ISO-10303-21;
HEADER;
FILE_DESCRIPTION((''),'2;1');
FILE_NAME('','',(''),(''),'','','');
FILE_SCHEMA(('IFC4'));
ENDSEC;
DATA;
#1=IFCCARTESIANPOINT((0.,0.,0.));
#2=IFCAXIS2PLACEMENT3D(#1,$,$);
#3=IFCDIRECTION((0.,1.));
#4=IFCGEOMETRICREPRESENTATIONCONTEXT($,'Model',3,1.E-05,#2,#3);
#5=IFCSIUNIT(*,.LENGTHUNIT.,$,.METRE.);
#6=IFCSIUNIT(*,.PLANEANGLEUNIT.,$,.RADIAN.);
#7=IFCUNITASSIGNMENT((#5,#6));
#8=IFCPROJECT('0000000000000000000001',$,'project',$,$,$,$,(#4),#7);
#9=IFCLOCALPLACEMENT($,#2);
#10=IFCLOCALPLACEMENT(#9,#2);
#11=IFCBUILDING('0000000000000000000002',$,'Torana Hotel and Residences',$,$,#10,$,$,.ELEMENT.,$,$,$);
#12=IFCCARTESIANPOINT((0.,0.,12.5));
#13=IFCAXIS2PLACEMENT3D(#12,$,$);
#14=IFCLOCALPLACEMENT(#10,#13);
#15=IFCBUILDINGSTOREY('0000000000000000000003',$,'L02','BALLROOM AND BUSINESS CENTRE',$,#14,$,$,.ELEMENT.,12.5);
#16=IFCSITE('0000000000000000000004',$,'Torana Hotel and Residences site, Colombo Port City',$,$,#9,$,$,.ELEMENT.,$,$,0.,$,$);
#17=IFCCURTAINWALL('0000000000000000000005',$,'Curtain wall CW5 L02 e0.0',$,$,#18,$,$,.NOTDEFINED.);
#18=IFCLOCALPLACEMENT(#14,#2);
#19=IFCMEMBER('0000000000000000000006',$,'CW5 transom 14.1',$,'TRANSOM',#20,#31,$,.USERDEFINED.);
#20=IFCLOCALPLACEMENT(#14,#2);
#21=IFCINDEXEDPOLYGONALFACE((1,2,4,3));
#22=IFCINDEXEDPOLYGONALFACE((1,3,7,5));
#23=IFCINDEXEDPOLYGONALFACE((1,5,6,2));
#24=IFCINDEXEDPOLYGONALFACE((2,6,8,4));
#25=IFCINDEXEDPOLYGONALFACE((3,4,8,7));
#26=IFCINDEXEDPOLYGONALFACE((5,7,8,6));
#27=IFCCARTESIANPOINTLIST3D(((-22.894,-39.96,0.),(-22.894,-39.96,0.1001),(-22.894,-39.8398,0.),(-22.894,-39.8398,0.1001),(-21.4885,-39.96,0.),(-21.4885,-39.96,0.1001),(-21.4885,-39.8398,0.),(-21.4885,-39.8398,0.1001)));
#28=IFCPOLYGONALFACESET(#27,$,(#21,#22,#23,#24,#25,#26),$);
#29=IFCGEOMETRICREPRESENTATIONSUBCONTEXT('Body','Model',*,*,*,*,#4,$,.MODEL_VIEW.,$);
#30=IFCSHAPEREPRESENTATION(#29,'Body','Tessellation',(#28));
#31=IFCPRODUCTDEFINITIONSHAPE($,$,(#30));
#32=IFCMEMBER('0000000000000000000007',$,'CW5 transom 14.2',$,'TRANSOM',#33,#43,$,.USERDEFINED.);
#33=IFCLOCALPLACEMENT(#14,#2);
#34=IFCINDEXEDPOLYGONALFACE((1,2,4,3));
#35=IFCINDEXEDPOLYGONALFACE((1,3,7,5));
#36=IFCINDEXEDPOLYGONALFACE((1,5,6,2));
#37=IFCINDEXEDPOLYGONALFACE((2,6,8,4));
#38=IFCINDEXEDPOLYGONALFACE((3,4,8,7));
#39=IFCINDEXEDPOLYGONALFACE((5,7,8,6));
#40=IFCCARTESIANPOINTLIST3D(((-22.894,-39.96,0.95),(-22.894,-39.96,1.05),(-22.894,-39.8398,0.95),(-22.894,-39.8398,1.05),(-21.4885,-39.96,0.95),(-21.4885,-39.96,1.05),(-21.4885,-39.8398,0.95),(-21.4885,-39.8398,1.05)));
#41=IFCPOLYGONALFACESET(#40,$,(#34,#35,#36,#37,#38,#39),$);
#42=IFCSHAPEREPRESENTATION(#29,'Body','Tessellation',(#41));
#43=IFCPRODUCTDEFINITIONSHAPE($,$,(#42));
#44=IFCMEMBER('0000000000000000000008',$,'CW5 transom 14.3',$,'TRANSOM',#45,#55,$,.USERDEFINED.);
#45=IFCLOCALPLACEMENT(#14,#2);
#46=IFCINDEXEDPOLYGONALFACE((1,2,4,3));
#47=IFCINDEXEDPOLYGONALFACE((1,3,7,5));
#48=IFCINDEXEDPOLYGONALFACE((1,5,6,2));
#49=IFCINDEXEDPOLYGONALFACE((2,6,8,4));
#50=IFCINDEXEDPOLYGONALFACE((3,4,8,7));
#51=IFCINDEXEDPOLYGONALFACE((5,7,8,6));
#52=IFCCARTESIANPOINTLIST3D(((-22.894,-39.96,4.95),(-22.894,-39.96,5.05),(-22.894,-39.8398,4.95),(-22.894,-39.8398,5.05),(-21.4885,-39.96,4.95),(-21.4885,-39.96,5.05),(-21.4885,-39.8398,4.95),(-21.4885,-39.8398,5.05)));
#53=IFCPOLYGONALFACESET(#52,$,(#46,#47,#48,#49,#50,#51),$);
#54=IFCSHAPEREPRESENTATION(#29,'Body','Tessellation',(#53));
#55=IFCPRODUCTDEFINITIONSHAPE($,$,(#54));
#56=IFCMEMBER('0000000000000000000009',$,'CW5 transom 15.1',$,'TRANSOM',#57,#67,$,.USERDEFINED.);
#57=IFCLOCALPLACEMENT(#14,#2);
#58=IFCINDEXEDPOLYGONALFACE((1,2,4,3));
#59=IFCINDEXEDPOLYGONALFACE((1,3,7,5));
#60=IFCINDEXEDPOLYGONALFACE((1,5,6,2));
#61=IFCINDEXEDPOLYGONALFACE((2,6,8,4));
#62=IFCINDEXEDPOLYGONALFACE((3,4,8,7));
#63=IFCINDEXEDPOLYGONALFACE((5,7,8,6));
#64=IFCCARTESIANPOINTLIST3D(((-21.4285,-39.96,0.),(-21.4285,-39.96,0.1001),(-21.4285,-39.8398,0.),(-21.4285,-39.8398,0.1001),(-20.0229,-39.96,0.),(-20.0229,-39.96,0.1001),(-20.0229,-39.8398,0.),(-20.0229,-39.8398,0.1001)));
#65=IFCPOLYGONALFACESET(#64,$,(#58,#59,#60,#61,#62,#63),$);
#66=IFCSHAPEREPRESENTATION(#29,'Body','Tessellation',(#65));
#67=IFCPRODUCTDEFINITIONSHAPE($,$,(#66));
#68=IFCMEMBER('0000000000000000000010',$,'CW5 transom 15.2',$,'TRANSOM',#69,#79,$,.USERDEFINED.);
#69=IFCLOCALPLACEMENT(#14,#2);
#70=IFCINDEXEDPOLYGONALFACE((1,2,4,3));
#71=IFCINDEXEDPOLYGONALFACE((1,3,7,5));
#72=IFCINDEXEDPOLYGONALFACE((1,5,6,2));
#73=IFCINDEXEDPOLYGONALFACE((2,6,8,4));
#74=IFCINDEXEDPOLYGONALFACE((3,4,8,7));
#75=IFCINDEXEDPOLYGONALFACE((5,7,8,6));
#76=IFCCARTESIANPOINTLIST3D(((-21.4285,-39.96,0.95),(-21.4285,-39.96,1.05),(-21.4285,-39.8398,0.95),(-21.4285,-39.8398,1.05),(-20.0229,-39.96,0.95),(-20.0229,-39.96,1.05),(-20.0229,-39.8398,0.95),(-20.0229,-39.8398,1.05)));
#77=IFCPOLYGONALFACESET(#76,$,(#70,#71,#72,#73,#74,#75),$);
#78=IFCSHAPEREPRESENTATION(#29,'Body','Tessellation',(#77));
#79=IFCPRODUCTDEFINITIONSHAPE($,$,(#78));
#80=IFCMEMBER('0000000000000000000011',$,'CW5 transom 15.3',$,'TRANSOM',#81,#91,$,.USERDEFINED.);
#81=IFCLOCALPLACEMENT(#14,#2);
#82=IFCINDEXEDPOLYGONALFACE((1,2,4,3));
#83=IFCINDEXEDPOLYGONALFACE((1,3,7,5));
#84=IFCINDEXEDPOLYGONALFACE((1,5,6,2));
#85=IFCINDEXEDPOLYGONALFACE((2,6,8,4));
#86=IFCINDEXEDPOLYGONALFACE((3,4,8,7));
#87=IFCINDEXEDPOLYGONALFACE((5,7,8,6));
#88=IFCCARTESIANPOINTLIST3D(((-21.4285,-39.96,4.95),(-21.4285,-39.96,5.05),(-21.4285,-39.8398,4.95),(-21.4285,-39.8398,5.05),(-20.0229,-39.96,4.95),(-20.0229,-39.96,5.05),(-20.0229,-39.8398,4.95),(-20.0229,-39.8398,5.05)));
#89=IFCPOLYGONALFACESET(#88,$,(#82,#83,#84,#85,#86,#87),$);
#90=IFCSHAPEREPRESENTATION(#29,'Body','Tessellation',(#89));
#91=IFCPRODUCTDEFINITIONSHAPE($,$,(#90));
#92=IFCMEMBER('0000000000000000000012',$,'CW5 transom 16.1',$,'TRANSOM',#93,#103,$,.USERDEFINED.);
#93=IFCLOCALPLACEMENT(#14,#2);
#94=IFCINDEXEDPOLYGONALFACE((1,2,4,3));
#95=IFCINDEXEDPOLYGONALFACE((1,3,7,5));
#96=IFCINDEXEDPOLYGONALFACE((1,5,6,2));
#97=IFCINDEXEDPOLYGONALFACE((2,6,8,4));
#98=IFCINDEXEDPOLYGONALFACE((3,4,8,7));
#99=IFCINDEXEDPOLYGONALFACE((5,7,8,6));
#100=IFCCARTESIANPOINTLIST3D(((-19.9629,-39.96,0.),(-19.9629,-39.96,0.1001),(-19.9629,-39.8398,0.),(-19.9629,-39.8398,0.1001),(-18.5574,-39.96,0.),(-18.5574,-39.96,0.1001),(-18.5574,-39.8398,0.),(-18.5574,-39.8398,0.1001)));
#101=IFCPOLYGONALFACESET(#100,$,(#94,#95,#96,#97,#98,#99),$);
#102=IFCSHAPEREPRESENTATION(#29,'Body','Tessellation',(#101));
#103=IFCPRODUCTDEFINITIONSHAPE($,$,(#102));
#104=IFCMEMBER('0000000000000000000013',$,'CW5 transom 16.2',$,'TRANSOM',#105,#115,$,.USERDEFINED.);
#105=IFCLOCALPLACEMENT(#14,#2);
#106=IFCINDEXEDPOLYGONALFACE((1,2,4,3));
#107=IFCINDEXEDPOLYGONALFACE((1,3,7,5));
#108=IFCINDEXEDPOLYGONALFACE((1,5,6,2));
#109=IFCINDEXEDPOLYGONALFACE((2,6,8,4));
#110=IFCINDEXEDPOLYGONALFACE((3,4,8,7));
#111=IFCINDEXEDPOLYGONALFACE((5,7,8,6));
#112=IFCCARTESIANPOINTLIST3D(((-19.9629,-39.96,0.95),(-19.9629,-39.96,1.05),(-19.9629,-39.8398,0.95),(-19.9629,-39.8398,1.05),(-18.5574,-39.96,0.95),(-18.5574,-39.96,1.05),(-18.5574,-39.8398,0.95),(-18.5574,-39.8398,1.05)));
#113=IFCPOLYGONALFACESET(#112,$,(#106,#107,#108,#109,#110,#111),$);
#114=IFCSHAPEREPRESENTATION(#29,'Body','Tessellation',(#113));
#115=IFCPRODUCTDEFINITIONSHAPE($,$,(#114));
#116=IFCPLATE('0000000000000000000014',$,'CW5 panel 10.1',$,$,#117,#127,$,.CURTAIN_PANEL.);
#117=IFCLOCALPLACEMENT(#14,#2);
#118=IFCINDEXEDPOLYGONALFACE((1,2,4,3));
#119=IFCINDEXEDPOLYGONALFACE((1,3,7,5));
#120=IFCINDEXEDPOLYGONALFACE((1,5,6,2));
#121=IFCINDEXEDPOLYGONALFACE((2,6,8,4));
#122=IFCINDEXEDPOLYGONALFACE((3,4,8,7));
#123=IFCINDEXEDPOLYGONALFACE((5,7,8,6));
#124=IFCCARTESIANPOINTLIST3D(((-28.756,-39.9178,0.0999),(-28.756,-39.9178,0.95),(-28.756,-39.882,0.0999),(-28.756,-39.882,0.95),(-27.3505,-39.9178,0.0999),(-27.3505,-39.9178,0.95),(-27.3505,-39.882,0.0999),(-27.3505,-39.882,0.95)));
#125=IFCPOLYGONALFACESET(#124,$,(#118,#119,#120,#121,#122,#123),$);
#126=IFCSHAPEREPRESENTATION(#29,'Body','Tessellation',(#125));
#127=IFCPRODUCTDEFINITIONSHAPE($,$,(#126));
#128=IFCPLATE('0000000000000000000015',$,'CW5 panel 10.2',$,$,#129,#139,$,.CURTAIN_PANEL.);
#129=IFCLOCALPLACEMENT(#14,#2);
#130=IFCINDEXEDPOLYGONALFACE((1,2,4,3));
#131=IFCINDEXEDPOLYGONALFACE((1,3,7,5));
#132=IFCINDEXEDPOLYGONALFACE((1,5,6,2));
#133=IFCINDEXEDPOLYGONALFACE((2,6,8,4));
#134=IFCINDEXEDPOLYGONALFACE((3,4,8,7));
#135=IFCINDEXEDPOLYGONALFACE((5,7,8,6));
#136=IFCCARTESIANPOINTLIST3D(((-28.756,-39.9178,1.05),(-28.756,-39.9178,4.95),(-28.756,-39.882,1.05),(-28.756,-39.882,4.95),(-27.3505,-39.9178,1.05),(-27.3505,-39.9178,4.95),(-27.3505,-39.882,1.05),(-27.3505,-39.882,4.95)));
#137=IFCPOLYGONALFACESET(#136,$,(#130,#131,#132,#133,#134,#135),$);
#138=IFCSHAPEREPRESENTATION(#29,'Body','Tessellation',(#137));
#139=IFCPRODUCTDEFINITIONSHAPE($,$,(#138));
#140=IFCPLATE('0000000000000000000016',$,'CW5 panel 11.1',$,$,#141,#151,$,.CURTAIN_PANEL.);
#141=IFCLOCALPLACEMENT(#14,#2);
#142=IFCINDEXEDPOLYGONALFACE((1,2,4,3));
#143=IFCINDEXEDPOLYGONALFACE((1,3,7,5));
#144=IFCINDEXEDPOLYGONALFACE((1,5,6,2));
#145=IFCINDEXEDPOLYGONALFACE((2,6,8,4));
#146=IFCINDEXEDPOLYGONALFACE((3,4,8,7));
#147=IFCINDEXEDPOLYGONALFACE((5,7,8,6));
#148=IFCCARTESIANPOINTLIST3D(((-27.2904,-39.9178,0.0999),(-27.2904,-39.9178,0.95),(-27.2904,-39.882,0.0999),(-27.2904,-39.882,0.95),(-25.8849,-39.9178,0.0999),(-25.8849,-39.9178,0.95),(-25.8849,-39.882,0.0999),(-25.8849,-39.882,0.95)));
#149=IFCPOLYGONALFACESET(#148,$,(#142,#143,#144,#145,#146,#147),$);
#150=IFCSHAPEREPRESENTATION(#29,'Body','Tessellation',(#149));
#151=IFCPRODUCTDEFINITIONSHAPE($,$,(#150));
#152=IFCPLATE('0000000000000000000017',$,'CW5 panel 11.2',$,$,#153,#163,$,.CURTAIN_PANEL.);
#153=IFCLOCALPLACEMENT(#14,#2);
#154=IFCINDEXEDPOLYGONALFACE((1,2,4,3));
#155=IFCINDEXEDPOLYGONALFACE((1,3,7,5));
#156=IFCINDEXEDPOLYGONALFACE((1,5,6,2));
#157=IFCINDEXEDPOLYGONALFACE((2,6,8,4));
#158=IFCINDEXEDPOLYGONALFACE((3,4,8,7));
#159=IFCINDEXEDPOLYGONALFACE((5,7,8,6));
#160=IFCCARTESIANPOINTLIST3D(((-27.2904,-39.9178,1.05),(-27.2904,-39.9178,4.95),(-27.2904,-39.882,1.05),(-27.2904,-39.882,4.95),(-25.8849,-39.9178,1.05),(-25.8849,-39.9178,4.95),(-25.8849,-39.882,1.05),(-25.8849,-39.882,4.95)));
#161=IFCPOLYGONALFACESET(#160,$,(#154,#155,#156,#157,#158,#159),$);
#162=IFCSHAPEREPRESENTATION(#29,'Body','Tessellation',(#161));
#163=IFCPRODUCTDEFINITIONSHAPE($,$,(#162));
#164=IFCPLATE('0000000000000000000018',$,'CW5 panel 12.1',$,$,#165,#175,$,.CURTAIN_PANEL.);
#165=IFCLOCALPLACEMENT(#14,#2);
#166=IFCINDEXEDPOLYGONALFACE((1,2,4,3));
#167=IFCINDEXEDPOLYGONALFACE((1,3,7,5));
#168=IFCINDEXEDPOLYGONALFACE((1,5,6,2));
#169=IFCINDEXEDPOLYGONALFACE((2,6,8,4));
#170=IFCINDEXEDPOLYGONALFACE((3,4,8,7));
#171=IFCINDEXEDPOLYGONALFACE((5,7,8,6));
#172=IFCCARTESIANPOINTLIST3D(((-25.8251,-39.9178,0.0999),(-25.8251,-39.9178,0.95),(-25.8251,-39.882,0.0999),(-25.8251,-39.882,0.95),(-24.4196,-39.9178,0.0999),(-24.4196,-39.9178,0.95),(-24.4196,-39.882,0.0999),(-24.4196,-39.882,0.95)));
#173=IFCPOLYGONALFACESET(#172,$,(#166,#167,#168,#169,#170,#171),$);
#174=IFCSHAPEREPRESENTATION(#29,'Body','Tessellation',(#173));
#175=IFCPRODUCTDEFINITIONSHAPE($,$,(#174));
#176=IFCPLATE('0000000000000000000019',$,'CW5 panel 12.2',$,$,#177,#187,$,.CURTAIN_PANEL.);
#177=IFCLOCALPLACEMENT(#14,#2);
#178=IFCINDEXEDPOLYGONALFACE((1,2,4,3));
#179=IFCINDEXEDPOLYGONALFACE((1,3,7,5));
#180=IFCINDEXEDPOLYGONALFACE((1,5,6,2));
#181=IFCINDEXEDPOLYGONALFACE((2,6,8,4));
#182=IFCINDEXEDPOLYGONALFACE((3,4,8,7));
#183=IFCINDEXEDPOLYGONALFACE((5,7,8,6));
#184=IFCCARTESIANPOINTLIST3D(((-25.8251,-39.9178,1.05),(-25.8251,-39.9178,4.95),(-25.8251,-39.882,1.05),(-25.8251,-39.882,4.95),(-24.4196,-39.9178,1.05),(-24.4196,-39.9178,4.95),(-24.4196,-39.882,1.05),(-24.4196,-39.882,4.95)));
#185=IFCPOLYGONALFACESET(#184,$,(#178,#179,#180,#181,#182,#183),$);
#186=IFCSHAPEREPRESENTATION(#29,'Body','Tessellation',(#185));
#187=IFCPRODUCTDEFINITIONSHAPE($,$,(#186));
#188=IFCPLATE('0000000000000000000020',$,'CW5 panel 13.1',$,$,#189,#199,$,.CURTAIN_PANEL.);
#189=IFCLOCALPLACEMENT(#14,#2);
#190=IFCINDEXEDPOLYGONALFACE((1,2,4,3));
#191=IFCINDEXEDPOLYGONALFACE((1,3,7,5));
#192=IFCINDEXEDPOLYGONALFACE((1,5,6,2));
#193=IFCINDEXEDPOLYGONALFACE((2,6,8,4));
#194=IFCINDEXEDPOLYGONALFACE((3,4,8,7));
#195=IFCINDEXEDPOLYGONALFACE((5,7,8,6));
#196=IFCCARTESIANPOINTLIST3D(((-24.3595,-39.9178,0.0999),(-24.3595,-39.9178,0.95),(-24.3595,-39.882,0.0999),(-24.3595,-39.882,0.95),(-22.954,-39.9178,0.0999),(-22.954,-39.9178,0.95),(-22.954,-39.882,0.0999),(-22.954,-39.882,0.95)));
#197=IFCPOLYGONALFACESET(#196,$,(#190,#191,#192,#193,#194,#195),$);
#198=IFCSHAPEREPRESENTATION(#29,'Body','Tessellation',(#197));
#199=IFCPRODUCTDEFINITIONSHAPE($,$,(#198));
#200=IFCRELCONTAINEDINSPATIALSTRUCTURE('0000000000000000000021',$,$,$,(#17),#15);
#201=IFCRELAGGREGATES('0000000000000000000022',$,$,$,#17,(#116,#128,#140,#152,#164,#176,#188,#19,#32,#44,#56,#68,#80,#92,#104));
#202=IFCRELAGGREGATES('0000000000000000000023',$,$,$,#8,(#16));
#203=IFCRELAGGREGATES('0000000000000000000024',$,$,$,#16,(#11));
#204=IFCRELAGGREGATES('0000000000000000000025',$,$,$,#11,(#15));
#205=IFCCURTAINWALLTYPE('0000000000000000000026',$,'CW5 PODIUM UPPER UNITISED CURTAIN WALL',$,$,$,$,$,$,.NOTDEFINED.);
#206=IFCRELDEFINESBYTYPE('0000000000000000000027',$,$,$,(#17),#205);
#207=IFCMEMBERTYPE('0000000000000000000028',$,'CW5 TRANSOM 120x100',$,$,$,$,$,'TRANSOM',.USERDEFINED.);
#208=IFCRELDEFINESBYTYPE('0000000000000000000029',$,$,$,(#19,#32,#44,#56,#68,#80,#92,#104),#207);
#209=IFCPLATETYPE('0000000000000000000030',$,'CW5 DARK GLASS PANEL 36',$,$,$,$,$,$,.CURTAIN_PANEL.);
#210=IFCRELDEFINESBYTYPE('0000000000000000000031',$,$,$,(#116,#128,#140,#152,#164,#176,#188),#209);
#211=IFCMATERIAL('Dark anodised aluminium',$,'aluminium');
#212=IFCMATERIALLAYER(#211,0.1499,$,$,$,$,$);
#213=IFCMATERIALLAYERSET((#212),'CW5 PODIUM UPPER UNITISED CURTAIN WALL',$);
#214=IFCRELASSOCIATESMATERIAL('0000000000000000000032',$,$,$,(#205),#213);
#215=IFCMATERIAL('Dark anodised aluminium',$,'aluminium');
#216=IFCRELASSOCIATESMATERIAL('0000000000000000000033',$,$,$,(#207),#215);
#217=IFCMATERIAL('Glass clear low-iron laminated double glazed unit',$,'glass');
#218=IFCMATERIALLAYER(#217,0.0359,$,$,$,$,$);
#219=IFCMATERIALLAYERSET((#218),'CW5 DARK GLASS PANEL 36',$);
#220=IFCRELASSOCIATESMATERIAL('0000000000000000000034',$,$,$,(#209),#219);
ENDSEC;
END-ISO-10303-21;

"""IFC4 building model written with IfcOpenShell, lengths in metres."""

from ifc_helpers import new_model, si_unit, direction, frame, origin, origin_2d, place, context, subcontext, project, spatial, rectangle, extrude, material, layer, layer_set, material_profile, profile_set, type_object, element, aggregate, save


model = new_model("IFC4")

# Units and contexts
model_context = context("Model", 3, precision=1e-05, world=origin(), true_north=direction((0.0, 1.0)))
body_context = subcontext(model_context, "Body", "Model", "MODEL_VIEW")
ifc_project = project(units=[si_unit("LENGTHUNIT", "METRE"), si_unit("PLANEANGLEUNIT", "RADIAN")], contexts=[model_context])

# Site, building, storey
site_placement = place(None, origin())
site = spatial("IfcSite", under=ifc_project, at=site_placement, Name="Torana Hotel and Residences site, Colombo Port City", CompositionType="ELEMENT", RefElevation=0.0)
building_placement = place(site_placement, origin())
building = spatial("IfcBuilding", under=site, at=building_placement, Name="Torana Hotel and Residences", CompositionType="ELEMENT")
storey_placement = place(building_placement, frame((0.0, 0.0, 12.5)))
storey = spatial("IfcBuildingStorey", under=building, at=storey_placement, Name="L02", Description="BALLROOM AND BUSINESS CENTRE", CompositionType="ELEMENT", Elevation=12.5)

# Curtain wall, members, plates
ifc_material_1 = material(Name="Dark anodised aluminium", Category="aluminium")
ifc_layer_1 = layer(ifc_material_1, 0.1499)
ifc_layer_set_1 = layer_set([ifc_layer_1], Name="CW5 PODIUM UPPER UNITISED CURTAIN WALL")
curtain_wall_type = type_object("IfcCurtainWallType", Name="CW5 PODIUM UPPER UNITISED CURTAIN WALL", PredefinedType="NOTDEFINED", material=ifc_layer_set_1)
curtain_wall_placement = place(storey_placement, origin())
curtain_wall = element("IfcCurtainWall", 1, at=curtain_wall_placement, inside=storey, type_object=curtain_wall_type, Name="Curtain wall CW5 L02 e0.0", PredefinedType="NOTDEFINED")
ifc_material_2 = material(Name="Dark anodised aluminium", Category="aluminium")
ifc_material_profile_1 = material_profile(ifc_material_2, rectangle(XDim=0.1201, YDim=0.1001, at=origin_2d()), Name="CW5 TRANSOM 120x100")
ifc_profile_set_1 = profile_set([ifc_material_profile_1], Name="Dark anodised aluminium")
member_type_1 = type_object("IfcMemberType", Name="CW5 TRANSOM 120x100", ElementType="TRANSOM", PredefinedType="USERDEFINED", material=ifc_profile_set_1)
member_1_placement = place(storey_placement, frame((-22.894, -39.8999, 0.05), z_axis=(1.0, 0.0, 0.0), x_axis=(0.0, 1.0, 0.0)))
member_1 = element("IfcMember", 2, at=member_1_placement, type_object=member_type_1, Name="CW5 transom 14.1", ObjectType="TRANSOM", PredefinedType="USERDEFINED", context=body_context, shape_type="SweptSolid", body=[
    extrude(rectangle(XDim=0.1201, YDim=0.1001, at=origin_2d()), origin(), (0.0, 0.0, 1.0), 1.4055),
])
member_2_placement = place(storey_placement, frame((-22.894, -39.8999, 1.0), z_axis=(1.0, 0.0, 0.0), x_axis=(0.0, 1.0, 0.0)))
member_2 = element("IfcMember", 3, at=member_2_placement, type_object=member_type_1, Name="CW5 transom 14.2", ObjectType="TRANSOM", PredefinedType="USERDEFINED", context=body_context, shape_type="SweptSolid", body=[
    extrude(rectangle(XDim=0.1201, YDim=0.1001, at=origin_2d()), origin(), (0.0, 0.0, 1.0), 1.4055),
])
member_3_placement = place(storey_placement, frame((-22.894, -39.8999, 5.0), z_axis=(1.0, 0.0, 0.0), x_axis=(0.0, 1.0, 0.0)))
member_3 = element("IfcMember", 4, at=member_3_placement, type_object=member_type_1, Name="CW5 transom 14.3", ObjectType="TRANSOM", PredefinedType="USERDEFINED", context=body_context, shape_type="SweptSolid", body=[
    extrude(rectangle(XDim=0.1201, YDim=0.1001, at=origin_2d()), origin(), (0.0, 0.0, 1.0), 1.4055),
])
member_4_placement = place(storey_placement, frame((-21.4285, -39.8999, 0.05), z_axis=(1.0, 0.0, 0.0), x_axis=(0.0, 1.0, 0.0)))
member_4 = element("IfcMember", 5, at=member_4_placement, type_object=member_type_1, Name="CW5 transom 15.1", ObjectType="TRANSOM", PredefinedType="USERDEFINED", context=body_context, shape_type="SweptSolid", body=[
    extrude(rectangle(XDim=0.1201, YDim=0.1001, at=origin_2d()), origin(), (0.0, 0.0, 1.0), 1.4055),
])
member_5_placement = place(storey_placement, frame((-21.4285, -39.8999, 1.0), z_axis=(1.0, 0.0, 0.0), x_axis=(0.0, 1.0, 0.0)))
member_5 = element("IfcMember", 6, at=member_5_placement, type_object=member_type_1, Name="CW5 transom 15.2", ObjectType="TRANSOM", PredefinedType="USERDEFINED", context=body_context, shape_type="SweptSolid", body=[
    extrude(rectangle(XDim=0.1201, YDim=0.1001, at=origin_2d()), origin(), (0.0, 0.0, 1.0), 1.4055),
])
member_6_placement = place(storey_placement, frame((-21.4285, -39.8999, 5.0), z_axis=(1.0, 0.0, 0.0), x_axis=(0.0, 1.0, 0.0)))
member_6 = element("IfcMember", 7, at=member_6_placement, type_object=member_type_1, Name="CW5 transom 15.3", ObjectType="TRANSOM", PredefinedType="USERDEFINED", context=body_context, shape_type="SweptSolid", body=[
    extrude(rectangle(XDim=0.1201, YDim=0.1001, at=origin_2d()), origin(), (0.0, 0.0, 1.0), 1.4055),
])
member_7_placement = place(storey_placement, frame((-19.9629, -39.8999, 0.05), z_axis=(1.0, 0.0, 0.0), x_axis=(0.0, 1.0, 0.0)))
member_7 = element("IfcMember", 8, at=member_7_placement, type_object=member_type_1, Name="CW5 transom 16.1", ObjectType="TRANSOM", PredefinedType="USERDEFINED", context=body_context, shape_type="SweptSolid", body=[
    extrude(rectangle(XDim=0.1201, YDim=0.1001, at=origin_2d()), origin(), (0.0, 0.0, 1.0), 1.4055),
])
member_8_placement = place(storey_placement, frame((-19.9629, -39.8999, 1.0), z_axis=(1.0, 0.0, 0.0), x_axis=(0.0, 1.0, 0.0)))
member_8 = element("IfcMember", 9, at=member_8_placement, type_object=member_type_1, Name="CW5 transom 16.2", ObjectType="TRANSOM", PredefinedType="USERDEFINED", context=body_context, shape_type="SweptSolid", body=[
    extrude(rectangle(XDim=0.1201, YDim=0.1001, at=origin_2d()), origin(), (0.0, 0.0, 1.0), 1.4055),
])
ifc_material_3 = material(Name="Glass clear low-iron laminated double glazed unit", Category="glass")
ifc_layer_2 = layer(ifc_material_3, 0.0359)
ifc_layer_set_2 = layer_set([ifc_layer_2], Name="CW5 DARK GLASS PANEL 36")
plate_type = type_object("IfcPlateType", Name="CW5 DARK GLASS PANEL 36", PredefinedType="CURTAIN_PANEL", material=ifc_layer_set_2)
plate_1_placement = place(storey_placement, frame((-28.0532, -39.8999, 0.0999), z_axis=(0.0, 0.0, 1.0), x_axis=(1.0, 0.0, 0.0)))
plate_1 = element("IfcPlate", 10, at=plate_1_placement, type_object=plate_type, Name="CW5 panel 10.1", PredefinedType="CURTAIN_PANEL", context=body_context, shape_type="SweptSolid", body=[
    extrude(rectangle(XDim=1.4055, YDim=0.0359, at=origin_2d()), origin(), (0.0, 0.0, 1.0), 0.8501),
])
plate_2_placement = place(storey_placement, frame((-28.0532, -39.8999, 1.05), z_axis=(0.0, 0.0, 1.0), x_axis=(1.0, 0.0, 0.0)))
plate_2 = element("IfcPlate", 11, at=plate_2_placement, type_object=plate_type, Name="CW5 panel 10.2", PredefinedType="CURTAIN_PANEL", context=body_context, shape_type="SweptSolid", body=[
    extrude(rectangle(XDim=1.4055, YDim=0.0359, at=origin_2d()), origin(), (0.0, 0.0, 1.0), 3.8999),
])
plate_3_placement = place(storey_placement, frame((-26.5876, -39.8999, 0.0999), z_axis=(0.0, 0.0, 1.0), x_axis=(1.0, 0.0, 0.0)))
plate_3 = element("IfcPlate", 12, at=plate_3_placement, type_object=plate_type, Name="CW5 panel 11.1", PredefinedType="CURTAIN_PANEL", context=body_context, shape_type="SweptSolid", body=[
    extrude(rectangle(XDim=1.4055, YDim=0.0359, at=origin_2d()), origin(), (0.0, 0.0, 1.0), 0.8501),
])
plate_4_placement = place(storey_placement, frame((-26.5876, -39.8999, 1.05), z_axis=(0.0, 0.0, 1.0), x_axis=(1.0, 0.0, 0.0)))
plate_4 = element("IfcPlate", 13, at=plate_4_placement, type_object=plate_type, Name="CW5 panel 11.2", PredefinedType="CURTAIN_PANEL", context=body_context, shape_type="SweptSolid", body=[
    extrude(rectangle(XDim=1.4055, YDim=0.0359, at=origin_2d()), origin(), (0.0, 0.0, 1.0), 3.8999),
])
plate_5_placement = place(storey_placement, frame((-25.1223, -39.8999, 0.0999), z_axis=(0.0, 0.0, 1.0), x_axis=(1.0, 0.0, 0.0)))
plate_5 = element("IfcPlate", 14, at=plate_5_placement, type_object=plate_type, Name="CW5 panel 12.1", PredefinedType="CURTAIN_PANEL", context=body_context, shape_type="SweptSolid", body=[
    extrude(rectangle(XDim=1.4055, YDim=0.0359, at=origin_2d()), origin(), (0.0, 0.0, 1.0), 0.8501),
])
plate_6_placement = place(storey_placement, frame((-25.1223, -39.8999, 1.05), z_axis=(0.0, 0.0, 1.0), x_axis=(1.0, 0.0, 0.0)))
plate_6 = element("IfcPlate", 15, at=plate_6_placement, type_object=plate_type, Name="CW5 panel 12.2", PredefinedType="CURTAIN_PANEL", context=body_context, shape_type="SweptSolid", body=[
    extrude(rectangle(XDim=1.4055, YDim=0.0359, at=origin_2d()), origin(), (0.0, 0.0, 1.0), 3.8999),
])
plate_7_placement = place(storey_placement, frame((-23.6567, -39.8999, 0.0999), z_axis=(0.0, 0.0, 1.0), x_axis=(1.0, 0.0, 0.0)))
plate_7 = element("IfcPlate", 16, at=plate_7_placement, type_object=plate_type, Name="CW5 panel 13.1", PredefinedType="CURTAIN_PANEL", context=body_context, shape_type="SweptSolid", body=[
    extrude(rectangle(XDim=1.4055, YDim=0.0359, at=origin_2d()), origin(), (0.0, 0.0, 1.0), 0.8501),
])
aggregate(curtain_wall, [plate_1, plate_2, plate_3, plate_4, plate_5, plate_6, plate_7, member_1, member_2, member_3, member_4, member_5, member_6, member_7, member_8])

save(model, "model.ifc")
